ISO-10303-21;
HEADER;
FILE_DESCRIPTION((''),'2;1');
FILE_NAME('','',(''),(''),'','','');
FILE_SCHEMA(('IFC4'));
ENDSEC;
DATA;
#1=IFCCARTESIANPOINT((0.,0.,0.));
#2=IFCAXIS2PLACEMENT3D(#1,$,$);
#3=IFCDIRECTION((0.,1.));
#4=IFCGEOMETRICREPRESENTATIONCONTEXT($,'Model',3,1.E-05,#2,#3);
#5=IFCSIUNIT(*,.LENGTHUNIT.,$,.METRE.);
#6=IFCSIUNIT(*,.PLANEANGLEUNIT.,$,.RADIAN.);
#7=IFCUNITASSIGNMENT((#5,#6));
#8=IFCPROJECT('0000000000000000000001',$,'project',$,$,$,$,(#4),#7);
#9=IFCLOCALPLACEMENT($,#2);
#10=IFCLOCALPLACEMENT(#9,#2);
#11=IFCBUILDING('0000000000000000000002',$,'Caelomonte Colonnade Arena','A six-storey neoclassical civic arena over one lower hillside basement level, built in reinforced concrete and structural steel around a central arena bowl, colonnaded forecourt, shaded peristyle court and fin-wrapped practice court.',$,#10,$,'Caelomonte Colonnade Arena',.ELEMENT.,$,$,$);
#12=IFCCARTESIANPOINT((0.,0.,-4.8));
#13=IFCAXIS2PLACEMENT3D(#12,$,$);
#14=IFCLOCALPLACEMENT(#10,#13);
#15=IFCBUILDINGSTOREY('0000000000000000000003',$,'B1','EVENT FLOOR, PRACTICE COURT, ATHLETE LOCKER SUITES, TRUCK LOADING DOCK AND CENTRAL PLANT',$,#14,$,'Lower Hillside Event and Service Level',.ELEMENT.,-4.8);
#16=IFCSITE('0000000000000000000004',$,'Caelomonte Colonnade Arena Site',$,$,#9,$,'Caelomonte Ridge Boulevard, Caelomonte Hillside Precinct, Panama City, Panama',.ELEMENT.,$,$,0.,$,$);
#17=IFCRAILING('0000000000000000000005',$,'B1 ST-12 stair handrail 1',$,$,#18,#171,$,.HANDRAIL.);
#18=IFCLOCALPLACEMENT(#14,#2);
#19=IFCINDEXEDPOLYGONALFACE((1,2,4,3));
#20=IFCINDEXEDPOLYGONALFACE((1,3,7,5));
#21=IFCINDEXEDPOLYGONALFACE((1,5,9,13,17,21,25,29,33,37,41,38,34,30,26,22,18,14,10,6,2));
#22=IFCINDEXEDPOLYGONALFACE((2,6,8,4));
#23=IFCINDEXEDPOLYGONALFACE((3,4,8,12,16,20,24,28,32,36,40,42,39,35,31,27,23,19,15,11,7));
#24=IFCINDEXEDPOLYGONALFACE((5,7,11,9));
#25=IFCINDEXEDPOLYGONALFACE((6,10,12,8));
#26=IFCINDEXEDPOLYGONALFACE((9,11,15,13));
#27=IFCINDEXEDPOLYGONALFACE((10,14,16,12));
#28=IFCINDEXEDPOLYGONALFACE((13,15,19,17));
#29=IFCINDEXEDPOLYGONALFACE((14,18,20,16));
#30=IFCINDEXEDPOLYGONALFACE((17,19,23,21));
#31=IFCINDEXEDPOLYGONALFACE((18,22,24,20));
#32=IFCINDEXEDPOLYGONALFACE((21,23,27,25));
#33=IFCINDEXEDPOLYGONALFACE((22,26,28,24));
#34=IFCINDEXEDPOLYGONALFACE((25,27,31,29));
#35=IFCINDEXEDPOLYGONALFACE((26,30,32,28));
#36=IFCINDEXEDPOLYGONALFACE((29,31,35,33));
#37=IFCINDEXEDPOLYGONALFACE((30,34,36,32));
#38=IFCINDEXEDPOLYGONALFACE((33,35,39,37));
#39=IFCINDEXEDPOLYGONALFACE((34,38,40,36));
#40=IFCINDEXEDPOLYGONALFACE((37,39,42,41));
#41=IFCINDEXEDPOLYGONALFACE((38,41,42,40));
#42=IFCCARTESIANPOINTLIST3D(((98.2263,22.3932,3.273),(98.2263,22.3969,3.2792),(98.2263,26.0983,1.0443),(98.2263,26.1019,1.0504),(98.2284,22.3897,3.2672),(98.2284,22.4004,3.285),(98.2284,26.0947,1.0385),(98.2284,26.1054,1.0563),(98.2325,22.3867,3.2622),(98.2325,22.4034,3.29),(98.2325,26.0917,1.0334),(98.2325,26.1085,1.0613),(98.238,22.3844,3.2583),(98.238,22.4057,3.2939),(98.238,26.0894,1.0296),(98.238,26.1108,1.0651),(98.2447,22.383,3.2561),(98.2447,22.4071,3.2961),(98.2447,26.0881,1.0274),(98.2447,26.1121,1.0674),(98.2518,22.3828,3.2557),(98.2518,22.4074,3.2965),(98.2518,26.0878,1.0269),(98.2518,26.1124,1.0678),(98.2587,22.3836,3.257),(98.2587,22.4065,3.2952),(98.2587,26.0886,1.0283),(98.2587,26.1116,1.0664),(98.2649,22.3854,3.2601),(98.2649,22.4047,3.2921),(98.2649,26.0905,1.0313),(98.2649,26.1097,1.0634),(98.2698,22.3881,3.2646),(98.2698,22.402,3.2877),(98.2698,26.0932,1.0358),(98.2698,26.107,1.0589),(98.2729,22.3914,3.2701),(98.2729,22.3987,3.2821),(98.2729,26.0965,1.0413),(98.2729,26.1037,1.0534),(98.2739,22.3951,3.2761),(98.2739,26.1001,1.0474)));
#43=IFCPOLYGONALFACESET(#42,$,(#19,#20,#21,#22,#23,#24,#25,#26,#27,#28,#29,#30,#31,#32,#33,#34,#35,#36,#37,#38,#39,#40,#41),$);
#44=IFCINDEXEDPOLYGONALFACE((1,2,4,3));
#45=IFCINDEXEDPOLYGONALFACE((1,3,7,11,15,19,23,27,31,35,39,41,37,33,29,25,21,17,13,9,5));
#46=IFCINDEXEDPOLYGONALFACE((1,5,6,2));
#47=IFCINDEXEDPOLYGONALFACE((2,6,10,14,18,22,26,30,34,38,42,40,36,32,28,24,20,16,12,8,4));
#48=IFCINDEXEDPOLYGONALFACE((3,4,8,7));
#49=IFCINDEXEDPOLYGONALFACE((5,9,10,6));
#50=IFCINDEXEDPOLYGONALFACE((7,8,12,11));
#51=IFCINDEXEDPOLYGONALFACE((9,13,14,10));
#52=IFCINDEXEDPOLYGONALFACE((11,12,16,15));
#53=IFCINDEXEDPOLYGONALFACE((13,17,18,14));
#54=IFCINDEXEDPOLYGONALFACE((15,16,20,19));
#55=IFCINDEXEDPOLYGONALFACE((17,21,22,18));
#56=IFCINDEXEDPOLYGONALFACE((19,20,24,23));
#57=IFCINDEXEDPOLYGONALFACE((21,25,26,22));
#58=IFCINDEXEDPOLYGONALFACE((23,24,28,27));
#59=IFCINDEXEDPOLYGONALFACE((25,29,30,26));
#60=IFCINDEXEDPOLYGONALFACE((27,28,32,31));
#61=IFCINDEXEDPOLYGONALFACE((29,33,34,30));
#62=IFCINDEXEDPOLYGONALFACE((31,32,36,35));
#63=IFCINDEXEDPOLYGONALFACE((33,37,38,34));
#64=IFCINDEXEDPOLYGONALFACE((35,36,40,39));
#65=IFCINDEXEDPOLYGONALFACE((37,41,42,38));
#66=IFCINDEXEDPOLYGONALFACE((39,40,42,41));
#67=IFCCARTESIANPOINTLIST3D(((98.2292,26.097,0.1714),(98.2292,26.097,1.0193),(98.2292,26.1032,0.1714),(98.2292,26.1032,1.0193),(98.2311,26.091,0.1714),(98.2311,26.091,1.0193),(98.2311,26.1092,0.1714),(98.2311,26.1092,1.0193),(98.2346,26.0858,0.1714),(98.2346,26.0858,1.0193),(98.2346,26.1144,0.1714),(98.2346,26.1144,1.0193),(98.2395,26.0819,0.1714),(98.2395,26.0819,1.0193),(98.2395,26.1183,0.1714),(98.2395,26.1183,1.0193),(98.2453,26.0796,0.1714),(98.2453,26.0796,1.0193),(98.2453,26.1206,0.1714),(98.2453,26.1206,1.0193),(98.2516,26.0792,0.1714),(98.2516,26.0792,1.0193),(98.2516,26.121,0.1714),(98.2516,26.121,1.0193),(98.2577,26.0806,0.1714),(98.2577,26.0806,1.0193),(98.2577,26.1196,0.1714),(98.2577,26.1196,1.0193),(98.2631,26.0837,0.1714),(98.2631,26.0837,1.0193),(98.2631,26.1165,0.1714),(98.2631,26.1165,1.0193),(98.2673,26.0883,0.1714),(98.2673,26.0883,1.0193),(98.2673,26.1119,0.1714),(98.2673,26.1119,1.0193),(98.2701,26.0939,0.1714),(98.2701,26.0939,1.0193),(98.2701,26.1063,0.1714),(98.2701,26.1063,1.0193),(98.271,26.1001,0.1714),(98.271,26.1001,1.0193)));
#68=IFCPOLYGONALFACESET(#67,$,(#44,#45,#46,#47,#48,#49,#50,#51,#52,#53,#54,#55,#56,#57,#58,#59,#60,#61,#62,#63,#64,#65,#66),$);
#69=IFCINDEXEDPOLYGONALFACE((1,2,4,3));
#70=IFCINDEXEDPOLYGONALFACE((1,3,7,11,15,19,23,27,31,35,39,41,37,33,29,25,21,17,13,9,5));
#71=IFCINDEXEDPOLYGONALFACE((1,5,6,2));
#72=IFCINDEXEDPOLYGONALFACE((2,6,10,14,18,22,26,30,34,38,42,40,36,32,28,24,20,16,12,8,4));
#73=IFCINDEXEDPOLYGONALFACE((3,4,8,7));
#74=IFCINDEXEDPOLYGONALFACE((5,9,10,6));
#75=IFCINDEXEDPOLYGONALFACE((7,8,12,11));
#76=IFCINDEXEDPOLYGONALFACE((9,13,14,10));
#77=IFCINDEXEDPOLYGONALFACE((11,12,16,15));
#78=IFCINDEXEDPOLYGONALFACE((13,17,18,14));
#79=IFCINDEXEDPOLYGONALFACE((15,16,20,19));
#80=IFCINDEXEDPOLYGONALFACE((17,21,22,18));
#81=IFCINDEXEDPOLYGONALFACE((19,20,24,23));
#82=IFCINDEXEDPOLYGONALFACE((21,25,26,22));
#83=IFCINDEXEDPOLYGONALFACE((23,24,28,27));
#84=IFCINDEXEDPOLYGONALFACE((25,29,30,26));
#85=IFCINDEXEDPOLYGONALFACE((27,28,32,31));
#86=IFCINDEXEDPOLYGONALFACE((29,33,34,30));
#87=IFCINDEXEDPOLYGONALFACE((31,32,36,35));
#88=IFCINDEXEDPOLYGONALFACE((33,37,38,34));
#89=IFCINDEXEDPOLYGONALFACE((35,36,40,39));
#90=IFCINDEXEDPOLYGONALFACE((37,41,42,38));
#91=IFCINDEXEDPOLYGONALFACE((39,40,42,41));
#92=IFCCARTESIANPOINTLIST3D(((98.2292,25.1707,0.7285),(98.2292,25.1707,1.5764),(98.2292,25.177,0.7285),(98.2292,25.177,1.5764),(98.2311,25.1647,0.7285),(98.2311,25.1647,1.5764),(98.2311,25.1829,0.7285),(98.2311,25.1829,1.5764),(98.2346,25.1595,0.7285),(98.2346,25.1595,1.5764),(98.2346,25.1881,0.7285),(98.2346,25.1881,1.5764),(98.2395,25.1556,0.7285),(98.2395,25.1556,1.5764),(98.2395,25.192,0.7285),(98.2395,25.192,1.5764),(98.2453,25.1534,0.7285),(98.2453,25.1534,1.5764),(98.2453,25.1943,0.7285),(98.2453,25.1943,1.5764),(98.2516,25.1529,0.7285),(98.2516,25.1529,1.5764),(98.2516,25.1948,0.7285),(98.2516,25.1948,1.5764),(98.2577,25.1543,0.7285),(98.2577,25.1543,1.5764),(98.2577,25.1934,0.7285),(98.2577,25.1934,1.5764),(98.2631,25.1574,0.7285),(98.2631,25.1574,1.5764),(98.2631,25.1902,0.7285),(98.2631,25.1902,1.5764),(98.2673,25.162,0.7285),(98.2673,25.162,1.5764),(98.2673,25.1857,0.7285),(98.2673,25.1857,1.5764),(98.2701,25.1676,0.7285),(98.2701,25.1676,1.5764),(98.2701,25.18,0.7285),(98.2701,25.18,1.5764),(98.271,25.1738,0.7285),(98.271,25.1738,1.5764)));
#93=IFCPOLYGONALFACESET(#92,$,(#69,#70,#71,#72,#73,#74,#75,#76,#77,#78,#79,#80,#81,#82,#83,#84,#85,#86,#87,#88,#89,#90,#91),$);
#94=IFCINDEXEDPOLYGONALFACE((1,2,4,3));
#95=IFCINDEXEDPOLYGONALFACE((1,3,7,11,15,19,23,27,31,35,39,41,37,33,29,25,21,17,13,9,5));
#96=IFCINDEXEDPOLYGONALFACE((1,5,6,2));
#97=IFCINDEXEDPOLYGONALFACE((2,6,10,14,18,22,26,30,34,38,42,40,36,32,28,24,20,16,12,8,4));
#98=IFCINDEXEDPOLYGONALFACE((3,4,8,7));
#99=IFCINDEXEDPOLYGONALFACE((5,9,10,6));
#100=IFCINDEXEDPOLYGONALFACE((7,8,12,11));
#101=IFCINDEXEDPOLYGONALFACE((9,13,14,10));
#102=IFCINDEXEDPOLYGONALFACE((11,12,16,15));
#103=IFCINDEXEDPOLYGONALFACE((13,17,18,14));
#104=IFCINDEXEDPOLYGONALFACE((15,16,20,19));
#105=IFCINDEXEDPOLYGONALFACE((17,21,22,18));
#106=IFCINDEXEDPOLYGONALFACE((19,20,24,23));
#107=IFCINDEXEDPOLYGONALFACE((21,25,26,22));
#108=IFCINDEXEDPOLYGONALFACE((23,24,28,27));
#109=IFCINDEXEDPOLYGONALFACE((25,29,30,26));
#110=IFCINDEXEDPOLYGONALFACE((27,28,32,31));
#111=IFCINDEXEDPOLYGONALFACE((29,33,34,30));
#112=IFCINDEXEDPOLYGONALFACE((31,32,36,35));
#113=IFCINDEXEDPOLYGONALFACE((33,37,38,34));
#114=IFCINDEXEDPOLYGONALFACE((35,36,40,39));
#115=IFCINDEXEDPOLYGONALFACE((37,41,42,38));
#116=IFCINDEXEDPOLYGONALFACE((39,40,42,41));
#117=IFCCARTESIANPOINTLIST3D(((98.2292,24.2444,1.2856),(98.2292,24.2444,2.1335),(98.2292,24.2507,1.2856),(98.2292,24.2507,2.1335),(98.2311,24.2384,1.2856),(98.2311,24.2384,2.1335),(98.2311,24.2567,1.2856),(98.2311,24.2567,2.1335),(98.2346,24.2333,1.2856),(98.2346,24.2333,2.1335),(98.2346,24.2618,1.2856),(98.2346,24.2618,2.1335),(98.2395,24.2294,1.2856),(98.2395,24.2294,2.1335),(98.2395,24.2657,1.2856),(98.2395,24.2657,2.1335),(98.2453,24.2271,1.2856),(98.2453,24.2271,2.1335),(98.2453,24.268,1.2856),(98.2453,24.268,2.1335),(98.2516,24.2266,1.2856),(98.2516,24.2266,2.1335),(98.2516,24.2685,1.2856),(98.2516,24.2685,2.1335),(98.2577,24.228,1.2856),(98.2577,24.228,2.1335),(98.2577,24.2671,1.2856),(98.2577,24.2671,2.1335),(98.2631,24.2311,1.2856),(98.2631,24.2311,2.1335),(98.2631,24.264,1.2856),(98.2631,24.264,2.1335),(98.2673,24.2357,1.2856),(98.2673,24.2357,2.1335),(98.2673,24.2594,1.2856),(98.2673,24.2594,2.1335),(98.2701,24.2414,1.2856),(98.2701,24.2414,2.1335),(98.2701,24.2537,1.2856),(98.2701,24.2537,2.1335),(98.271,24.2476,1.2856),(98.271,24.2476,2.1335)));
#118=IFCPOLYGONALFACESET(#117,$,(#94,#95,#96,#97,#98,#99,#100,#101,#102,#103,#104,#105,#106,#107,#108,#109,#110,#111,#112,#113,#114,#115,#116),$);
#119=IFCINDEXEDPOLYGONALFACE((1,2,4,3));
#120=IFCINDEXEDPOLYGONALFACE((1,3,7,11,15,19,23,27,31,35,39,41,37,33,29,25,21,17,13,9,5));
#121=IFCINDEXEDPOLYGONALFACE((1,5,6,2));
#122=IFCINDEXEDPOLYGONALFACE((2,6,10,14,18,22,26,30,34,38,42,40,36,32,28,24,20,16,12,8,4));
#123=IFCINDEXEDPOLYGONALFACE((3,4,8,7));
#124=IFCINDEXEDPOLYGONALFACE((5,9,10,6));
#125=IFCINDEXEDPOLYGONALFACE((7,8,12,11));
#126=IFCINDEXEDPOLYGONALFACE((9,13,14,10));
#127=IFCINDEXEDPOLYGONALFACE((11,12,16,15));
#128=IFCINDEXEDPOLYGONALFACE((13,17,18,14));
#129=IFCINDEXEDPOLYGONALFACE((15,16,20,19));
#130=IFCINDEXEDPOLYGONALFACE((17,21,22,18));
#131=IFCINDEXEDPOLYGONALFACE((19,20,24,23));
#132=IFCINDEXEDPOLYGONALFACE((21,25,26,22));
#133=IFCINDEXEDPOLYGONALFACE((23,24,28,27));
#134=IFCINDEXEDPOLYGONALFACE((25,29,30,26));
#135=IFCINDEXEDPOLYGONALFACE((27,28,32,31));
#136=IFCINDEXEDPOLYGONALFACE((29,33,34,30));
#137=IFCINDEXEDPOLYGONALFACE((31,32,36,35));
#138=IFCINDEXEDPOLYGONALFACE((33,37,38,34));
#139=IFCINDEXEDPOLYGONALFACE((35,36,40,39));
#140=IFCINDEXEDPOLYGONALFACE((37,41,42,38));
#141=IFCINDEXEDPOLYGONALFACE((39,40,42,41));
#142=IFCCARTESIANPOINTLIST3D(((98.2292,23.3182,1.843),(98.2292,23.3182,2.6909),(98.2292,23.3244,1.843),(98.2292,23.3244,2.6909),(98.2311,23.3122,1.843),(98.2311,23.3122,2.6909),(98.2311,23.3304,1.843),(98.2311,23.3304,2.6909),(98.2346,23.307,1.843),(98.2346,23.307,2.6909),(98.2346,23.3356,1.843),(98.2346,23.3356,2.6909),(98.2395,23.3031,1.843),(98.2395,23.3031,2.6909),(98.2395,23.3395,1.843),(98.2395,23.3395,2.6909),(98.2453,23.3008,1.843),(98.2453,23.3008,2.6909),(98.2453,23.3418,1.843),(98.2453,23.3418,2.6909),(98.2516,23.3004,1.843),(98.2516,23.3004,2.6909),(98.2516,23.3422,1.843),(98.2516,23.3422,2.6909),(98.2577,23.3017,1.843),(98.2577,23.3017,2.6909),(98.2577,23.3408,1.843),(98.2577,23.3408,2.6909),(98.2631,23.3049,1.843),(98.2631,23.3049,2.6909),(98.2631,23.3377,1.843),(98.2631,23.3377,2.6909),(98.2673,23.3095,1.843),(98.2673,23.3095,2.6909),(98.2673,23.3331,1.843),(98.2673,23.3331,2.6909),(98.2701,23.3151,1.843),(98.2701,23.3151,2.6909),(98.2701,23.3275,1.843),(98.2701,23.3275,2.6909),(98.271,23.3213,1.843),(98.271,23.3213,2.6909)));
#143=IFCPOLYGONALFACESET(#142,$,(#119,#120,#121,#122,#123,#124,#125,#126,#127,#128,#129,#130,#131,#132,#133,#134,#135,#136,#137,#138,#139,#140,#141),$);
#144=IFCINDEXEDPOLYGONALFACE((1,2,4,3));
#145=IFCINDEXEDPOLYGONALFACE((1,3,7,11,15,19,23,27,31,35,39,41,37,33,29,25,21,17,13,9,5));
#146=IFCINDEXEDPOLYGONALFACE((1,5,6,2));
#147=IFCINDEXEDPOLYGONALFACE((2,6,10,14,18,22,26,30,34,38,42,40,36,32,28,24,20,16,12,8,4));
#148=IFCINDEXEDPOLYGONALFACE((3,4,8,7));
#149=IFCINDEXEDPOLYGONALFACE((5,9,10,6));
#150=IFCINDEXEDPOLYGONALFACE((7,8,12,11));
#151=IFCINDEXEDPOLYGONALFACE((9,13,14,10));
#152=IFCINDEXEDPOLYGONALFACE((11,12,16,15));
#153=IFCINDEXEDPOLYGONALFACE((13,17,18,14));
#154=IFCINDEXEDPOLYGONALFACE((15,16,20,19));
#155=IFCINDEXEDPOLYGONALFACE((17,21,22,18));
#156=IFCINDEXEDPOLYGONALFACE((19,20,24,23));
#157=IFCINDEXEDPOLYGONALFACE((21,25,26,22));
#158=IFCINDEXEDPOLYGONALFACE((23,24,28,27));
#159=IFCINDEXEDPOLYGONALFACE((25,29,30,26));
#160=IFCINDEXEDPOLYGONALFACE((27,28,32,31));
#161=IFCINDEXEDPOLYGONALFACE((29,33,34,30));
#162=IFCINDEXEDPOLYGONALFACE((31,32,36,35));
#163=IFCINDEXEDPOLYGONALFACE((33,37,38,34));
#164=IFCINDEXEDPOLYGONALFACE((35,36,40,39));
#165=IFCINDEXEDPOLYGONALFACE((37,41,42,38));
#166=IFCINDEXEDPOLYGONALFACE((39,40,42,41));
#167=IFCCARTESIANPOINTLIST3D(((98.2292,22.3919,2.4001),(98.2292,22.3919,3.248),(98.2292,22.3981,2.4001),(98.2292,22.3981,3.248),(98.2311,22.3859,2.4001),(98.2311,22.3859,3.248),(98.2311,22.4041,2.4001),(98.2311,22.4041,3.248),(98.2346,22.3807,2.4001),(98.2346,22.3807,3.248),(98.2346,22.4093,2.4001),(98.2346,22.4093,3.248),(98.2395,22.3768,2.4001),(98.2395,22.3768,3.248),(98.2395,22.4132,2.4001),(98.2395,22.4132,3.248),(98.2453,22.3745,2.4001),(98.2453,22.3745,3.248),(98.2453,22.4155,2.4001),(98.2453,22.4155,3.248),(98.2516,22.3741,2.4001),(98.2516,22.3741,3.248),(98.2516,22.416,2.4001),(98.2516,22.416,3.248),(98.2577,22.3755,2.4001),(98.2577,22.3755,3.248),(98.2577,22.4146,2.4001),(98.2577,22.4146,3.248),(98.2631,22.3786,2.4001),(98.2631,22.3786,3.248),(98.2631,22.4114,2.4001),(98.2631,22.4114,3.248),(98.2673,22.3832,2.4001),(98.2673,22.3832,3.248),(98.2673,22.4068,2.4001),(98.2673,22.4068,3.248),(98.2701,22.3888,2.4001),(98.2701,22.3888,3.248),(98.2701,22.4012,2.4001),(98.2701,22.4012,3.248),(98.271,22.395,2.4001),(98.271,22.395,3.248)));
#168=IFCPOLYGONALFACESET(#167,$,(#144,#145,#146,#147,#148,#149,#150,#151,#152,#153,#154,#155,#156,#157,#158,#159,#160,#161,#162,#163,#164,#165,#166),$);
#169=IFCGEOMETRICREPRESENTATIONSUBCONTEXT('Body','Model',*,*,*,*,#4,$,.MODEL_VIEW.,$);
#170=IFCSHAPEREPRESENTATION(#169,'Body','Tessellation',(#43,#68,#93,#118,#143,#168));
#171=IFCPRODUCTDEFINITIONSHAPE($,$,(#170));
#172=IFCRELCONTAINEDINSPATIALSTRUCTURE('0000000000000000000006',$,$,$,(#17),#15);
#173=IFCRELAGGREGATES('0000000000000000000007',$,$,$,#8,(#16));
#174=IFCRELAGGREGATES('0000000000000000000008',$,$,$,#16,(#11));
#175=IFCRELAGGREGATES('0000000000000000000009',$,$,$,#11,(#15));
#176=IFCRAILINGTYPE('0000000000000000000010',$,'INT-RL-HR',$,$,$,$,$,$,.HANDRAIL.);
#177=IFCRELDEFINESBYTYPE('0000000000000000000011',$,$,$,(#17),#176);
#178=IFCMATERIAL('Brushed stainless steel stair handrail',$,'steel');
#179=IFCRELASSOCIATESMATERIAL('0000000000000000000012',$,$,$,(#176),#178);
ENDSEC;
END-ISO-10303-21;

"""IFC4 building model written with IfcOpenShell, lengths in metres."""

from ifc_helpers import new_model, si_unit, direction, frame, origin, origin_2d, place, context, subcontext, project, spatial, circle, extrude, material, type_object, element, save


model = new_model("IFC4")

# Units and contexts
model_context = context("Model", 3, precision=1e-05, world=origin(), true_north=direction((0.0, 1.0)))
body_context = subcontext(model_context, "Body", "Model", "MODEL_VIEW")
ifc_project = project(units=[si_unit("LENGTHUNIT", "METRE"), si_unit("PLANEANGLEUNIT", "RADIAN")], contexts=[model_context])

# Site, building, storey
site_placement = place(None, origin())
site = spatial("IfcSite", under=ifc_project, at=site_placement, Name="Caelomonte Colonnade Arena Site", LongName="Caelomonte Ridge Boulevard, Caelomonte Hillside Precinct, Panama City, Panama", CompositionType="ELEMENT", RefElevation=0.0)
building_placement = place(site_placement, origin())
building = spatial("IfcBuilding", under=site, at=building_placement, Name="Caelomonte Colonnade Arena", Description="A six-storey neoclassical civic arena over one lower hillside basement level, built in reinforced concrete and structural steel around a central arena bowl, colonnaded forecourt, shaded peristyle court and fin-wrapped practice court.", LongName="Caelomonte Colonnade Arena", CompositionType="ELEMENT")
storey_placement = place(building_placement, frame((0.0, 0.0, -4.8)))
storey = spatial("IfcBuildingStorey", under=building, at=storey_placement, Name="B1", Description="EVENT FLOOR, PRACTICE COURT, ATHLETE LOCKER SUITES, TRUCK LOADING DOCK AND CENTRAL PLANT", LongName="Lower Hillside Event and Service Level", CompositionType="ELEMENT", Elevation=-4.8)

# Railing
ifc_material_1 = material(Name="Brushed stainless steel stair handrail", Category="steel")
railing_type_1 = type_object("IfcRailingType", Name="INT-RL-HR", PredefinedType="HANDRAIL", material=ifc_material_1)
railing_1_placement = place(storey_placement, frame((98.25, 26.1001, 0.1714)))
element("IfcRailing", 1, at=railing_1_placement, inside=storey, type_object=railing_type_1, Name="B1 ST-12 stair handrail 1", PredefinedType="HANDRAIL", context=body_context, shape_type="SweptSolid", body=[
    extrude(circle(Radius=0.0239, at=origin_2d()), frame((0.0, 0.0, 0.876), z_axis=(0.0, -0.856909, 0.515467), x_axis=(1.0, 0.0, 0.0)), (0.0, 0.0, 1.0), 4.3237),
    extrude(circle(Radius=0.021, at=origin_2d()), origin(), (0.0, 0.0, 1.0), 0.8479),
    extrude(circle(Radius=0.021, at=origin_2d()), frame((0.0, -0.9263, 0.5571)), (0.0, 0.0, 1.0), 0.8479),
    extrude(circle(Radius=0.021, at=origin_2d()), frame((0.0, -1.8525, 1.1143)), (0.0, 0.0, 1.0), 0.8479),
    extrude(circle(Radius=0.021, at=origin_2d()), frame((0.0, -2.7788, 1.6716)), (0.0, 0.0, 1.0), 0.8479),
    extrude(circle(Radius=0.021, at=origin_2d()), frame((0.0, -3.7051, 2.2288)), (0.0, 0.0, 1.0), 0.8479),
])

save(model, "model.ifc")
